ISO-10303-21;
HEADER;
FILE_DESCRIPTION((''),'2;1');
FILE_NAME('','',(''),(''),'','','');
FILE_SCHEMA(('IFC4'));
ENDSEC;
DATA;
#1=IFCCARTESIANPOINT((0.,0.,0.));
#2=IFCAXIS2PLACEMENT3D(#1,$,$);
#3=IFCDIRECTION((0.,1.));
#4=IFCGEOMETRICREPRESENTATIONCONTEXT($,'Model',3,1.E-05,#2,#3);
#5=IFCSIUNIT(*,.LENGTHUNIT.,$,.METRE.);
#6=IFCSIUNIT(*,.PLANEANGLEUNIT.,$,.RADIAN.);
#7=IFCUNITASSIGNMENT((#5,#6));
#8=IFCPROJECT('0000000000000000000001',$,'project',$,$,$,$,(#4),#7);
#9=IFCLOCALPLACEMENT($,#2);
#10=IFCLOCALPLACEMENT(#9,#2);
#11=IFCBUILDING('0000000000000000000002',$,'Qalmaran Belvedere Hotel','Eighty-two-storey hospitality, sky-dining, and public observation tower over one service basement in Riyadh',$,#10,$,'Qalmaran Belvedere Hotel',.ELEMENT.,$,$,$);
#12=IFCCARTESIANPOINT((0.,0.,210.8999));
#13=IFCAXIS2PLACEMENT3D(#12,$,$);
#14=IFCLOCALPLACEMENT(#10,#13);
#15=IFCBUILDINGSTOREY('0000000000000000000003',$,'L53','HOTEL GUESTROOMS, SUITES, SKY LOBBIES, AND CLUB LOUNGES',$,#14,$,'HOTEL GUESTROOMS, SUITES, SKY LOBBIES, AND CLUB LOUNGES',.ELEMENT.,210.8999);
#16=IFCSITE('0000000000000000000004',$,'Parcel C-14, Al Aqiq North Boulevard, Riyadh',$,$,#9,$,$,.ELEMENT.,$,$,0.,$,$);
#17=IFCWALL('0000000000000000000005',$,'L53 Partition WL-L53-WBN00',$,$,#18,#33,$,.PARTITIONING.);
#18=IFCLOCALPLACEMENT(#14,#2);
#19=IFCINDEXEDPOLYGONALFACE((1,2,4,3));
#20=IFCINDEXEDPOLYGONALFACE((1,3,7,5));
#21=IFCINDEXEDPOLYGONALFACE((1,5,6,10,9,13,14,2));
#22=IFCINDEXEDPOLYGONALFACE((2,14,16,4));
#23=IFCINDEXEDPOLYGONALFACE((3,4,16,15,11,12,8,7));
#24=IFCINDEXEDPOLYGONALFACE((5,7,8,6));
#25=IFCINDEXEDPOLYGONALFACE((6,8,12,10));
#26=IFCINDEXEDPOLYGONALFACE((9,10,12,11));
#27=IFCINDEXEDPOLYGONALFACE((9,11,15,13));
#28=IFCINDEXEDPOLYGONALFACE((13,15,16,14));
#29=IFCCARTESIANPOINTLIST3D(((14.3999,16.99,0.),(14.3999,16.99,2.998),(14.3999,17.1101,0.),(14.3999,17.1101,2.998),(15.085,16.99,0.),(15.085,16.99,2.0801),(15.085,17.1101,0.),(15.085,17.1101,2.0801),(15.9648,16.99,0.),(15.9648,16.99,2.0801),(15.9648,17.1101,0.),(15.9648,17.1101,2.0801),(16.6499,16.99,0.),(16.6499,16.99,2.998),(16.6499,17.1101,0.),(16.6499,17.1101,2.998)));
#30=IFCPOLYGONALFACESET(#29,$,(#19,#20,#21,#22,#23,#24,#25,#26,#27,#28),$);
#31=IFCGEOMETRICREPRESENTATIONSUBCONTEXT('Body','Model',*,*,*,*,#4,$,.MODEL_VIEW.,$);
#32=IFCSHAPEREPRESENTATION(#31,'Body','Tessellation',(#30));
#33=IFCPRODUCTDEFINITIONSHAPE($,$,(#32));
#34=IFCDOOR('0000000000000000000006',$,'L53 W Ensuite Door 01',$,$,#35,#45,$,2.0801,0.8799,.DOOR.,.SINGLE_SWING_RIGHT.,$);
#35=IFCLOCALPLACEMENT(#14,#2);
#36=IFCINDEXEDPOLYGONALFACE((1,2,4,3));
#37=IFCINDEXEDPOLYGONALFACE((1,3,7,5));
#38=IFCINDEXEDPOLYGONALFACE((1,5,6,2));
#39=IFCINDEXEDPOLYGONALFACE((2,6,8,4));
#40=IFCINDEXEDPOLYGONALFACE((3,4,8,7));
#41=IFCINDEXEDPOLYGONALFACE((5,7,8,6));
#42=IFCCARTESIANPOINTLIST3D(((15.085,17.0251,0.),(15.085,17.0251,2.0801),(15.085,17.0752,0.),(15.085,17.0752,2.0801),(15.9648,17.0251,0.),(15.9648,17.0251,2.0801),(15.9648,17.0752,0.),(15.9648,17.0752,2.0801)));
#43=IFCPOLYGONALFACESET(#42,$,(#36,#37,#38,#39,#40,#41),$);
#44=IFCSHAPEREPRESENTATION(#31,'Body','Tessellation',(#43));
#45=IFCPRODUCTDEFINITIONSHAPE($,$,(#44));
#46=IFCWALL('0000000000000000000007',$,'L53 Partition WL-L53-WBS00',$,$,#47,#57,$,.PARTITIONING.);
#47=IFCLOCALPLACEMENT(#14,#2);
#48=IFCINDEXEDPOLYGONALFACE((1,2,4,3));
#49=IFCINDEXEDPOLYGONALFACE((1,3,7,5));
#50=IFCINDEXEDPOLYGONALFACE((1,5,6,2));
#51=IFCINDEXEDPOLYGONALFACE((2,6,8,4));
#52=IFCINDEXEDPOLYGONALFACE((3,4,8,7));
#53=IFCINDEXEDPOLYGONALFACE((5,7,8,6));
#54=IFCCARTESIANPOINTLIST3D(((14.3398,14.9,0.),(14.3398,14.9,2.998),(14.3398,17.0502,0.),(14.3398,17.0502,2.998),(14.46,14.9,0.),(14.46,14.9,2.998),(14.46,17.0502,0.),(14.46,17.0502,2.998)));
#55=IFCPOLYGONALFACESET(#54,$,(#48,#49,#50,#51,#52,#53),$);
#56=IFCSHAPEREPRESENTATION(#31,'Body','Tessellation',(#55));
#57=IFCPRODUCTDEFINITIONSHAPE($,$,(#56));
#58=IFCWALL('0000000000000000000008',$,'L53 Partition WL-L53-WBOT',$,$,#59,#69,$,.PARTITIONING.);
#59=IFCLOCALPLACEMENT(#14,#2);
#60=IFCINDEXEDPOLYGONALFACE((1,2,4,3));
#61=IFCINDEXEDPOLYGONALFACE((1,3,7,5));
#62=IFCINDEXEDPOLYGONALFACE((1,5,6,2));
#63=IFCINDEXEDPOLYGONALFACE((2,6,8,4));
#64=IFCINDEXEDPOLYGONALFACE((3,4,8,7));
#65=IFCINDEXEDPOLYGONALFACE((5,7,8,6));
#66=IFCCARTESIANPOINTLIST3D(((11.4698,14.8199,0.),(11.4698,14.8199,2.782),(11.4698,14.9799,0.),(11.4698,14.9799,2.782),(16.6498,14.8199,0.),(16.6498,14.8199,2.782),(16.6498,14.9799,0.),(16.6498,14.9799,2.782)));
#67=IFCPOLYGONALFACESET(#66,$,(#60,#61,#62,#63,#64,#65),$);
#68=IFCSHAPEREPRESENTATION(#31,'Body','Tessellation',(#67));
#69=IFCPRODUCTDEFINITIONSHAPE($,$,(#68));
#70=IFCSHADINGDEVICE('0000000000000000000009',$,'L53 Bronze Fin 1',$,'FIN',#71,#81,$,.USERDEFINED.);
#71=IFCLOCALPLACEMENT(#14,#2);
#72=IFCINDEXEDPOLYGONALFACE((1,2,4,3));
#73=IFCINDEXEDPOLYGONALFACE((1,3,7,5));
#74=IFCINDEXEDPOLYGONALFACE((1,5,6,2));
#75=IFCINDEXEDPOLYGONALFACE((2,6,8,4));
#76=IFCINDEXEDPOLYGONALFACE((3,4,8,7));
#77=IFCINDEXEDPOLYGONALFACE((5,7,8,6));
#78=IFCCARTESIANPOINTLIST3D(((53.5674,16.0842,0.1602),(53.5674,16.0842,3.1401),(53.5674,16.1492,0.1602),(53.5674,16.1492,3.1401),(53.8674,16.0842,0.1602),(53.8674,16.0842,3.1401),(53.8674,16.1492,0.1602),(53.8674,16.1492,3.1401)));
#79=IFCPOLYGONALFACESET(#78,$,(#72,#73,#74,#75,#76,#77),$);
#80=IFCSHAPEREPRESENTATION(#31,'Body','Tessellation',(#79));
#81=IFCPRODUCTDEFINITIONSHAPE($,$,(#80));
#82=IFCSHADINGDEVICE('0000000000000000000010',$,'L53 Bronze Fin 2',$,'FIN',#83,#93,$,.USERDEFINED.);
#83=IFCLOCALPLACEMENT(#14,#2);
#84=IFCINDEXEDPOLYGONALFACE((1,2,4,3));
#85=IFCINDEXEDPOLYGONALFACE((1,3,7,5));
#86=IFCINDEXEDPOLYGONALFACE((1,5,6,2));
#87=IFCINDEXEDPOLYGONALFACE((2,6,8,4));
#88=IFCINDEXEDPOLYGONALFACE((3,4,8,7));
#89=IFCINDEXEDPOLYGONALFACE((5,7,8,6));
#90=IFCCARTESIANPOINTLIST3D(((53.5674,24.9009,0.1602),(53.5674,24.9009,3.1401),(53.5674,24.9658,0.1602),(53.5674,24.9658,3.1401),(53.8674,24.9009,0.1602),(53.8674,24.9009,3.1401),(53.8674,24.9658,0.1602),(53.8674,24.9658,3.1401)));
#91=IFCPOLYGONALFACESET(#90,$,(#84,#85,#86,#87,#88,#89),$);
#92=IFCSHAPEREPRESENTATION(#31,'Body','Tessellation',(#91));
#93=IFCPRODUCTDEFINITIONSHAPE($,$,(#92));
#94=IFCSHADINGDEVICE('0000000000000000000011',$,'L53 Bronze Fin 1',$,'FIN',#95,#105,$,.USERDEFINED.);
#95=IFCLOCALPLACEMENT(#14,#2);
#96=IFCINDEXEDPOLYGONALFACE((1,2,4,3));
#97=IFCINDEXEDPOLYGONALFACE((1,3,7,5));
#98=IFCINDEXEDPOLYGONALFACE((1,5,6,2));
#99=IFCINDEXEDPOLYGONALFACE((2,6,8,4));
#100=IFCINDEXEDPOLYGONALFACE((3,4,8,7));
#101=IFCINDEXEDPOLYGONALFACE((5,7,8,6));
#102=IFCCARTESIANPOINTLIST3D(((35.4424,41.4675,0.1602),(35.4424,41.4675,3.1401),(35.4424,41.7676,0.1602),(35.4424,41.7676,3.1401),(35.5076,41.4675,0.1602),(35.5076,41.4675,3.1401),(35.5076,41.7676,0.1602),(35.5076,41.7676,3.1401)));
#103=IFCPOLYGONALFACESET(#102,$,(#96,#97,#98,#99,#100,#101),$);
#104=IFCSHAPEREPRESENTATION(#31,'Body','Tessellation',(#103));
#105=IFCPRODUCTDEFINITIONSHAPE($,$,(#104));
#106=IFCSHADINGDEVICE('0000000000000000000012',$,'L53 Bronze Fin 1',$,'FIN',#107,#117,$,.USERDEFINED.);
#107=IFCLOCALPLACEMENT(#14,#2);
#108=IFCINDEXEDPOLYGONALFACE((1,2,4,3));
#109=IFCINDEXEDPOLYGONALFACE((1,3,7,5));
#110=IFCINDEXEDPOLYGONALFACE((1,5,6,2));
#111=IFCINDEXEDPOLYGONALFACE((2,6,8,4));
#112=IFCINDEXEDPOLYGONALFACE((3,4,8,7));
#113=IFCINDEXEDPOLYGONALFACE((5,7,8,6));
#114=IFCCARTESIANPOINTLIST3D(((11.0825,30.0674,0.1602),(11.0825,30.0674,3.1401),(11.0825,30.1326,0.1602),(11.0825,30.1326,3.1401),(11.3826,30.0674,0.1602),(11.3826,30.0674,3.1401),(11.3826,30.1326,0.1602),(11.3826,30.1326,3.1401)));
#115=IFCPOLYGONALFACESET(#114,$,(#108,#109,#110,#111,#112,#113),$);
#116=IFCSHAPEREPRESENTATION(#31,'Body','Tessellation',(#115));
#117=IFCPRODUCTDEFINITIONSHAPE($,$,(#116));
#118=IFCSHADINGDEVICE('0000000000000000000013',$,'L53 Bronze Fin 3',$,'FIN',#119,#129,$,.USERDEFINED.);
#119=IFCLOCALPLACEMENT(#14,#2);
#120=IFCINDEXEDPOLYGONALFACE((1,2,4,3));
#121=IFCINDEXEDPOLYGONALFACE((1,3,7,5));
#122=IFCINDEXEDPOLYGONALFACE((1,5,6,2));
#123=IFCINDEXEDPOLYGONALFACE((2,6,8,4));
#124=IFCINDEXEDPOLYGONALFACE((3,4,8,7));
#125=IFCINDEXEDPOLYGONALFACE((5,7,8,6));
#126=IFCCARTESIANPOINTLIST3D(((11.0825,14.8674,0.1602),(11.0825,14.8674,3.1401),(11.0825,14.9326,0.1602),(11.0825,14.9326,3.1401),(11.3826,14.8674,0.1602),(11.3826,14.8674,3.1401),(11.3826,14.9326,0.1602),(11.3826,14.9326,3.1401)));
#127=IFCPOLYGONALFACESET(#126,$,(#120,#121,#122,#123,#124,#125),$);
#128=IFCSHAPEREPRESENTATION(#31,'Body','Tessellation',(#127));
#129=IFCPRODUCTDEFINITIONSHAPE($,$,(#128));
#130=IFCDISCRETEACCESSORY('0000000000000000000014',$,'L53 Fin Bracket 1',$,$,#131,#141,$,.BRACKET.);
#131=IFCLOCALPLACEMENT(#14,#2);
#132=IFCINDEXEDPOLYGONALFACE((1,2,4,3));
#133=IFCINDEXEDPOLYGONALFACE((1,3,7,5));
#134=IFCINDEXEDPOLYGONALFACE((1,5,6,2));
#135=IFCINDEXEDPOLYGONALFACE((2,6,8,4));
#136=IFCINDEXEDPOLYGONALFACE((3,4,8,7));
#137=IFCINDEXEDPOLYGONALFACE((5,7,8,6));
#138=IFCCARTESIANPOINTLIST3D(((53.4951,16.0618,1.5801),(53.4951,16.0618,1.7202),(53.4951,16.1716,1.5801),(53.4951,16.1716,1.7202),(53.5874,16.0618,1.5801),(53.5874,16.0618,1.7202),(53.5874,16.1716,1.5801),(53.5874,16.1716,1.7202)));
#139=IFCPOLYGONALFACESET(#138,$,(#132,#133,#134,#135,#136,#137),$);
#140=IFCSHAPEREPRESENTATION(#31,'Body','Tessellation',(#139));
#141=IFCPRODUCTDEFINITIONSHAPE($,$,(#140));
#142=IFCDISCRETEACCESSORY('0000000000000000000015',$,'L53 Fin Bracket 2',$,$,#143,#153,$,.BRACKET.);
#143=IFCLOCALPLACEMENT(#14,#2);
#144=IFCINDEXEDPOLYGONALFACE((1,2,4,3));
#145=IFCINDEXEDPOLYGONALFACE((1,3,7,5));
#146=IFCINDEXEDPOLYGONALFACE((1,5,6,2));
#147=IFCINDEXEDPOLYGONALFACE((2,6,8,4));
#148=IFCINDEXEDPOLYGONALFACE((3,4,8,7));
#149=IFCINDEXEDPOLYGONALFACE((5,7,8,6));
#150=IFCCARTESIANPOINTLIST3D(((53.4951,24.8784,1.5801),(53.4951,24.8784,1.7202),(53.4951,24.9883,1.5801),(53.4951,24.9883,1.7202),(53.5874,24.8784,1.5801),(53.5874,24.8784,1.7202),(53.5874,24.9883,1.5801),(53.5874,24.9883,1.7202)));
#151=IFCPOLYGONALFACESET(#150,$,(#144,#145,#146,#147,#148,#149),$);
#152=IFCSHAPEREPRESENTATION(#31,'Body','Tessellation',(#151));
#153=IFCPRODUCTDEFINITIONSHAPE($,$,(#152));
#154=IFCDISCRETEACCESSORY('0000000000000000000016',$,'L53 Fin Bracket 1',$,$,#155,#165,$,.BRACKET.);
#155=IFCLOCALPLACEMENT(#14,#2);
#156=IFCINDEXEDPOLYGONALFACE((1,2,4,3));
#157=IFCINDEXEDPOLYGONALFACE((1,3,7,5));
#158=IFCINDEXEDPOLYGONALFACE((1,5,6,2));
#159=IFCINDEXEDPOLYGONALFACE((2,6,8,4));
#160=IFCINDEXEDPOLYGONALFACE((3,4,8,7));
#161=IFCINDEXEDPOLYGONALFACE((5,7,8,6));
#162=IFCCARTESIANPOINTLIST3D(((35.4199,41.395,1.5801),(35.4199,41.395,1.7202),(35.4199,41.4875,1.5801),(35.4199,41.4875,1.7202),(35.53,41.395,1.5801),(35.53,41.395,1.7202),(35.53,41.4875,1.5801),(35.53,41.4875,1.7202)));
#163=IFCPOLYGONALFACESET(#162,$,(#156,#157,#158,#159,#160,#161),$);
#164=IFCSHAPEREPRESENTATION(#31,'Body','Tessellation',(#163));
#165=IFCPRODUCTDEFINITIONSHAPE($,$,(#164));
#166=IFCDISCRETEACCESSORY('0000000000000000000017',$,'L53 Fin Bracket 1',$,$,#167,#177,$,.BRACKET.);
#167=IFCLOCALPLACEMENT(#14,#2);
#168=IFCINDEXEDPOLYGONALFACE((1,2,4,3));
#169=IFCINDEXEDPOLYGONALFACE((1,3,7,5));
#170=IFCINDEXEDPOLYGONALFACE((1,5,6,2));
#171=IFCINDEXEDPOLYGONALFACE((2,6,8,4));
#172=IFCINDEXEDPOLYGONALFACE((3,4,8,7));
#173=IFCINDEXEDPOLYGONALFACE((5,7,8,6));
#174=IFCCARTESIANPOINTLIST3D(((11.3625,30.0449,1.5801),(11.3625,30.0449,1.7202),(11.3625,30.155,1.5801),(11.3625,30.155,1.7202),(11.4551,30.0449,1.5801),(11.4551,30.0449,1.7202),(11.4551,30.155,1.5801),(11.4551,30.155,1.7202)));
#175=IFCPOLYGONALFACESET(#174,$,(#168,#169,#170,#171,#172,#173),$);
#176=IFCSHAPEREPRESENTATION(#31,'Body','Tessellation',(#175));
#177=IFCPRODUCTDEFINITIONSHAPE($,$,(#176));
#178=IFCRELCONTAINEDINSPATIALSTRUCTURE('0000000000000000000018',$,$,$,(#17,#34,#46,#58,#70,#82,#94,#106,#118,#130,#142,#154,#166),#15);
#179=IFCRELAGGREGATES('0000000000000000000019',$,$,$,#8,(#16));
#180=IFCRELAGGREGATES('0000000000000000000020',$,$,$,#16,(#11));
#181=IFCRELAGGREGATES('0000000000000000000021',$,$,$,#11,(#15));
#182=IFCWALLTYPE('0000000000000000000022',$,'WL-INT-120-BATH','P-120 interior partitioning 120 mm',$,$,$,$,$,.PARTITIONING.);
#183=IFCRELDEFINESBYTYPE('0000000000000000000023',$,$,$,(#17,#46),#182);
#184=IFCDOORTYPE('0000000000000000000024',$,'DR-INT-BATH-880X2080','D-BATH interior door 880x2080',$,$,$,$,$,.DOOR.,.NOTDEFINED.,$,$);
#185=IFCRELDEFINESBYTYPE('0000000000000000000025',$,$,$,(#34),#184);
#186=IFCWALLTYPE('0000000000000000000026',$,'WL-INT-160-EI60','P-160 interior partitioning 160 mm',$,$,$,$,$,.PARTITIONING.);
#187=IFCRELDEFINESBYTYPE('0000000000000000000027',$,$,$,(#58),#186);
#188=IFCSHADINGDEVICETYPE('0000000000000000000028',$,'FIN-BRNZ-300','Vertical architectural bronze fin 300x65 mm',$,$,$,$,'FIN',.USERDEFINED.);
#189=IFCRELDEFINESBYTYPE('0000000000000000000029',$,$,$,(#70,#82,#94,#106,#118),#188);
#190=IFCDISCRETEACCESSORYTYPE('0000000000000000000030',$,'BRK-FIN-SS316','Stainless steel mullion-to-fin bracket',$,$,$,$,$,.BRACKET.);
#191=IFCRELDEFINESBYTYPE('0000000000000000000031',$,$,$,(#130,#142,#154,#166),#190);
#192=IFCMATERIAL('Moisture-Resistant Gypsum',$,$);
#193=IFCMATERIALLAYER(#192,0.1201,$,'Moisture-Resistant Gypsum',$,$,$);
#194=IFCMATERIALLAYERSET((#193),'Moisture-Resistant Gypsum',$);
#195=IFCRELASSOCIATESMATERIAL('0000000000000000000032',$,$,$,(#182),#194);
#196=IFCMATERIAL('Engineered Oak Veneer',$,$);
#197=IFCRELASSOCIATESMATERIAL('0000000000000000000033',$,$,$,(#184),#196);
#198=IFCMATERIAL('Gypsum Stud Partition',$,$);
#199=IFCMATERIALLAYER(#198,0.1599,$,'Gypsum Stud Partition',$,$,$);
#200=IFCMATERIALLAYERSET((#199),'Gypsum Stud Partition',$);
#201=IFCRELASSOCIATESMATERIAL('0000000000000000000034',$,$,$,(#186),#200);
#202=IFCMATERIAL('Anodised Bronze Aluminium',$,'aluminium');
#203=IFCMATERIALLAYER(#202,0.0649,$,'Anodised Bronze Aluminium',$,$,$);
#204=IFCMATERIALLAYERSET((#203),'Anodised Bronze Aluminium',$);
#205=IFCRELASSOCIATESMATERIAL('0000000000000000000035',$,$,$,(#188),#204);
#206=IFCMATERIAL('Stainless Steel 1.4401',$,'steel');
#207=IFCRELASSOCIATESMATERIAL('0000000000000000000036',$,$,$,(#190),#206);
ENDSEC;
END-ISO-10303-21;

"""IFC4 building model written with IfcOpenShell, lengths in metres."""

from ifc_helpers import new_model, si_unit, direction, frame, frame_2d, origin, place, context, subcontext, project, spatial, polyline, rectangle, outline, extrude, material, layer, layer_set, type_object, element, fill, save


model = new_model("IFC4")

# Units and contexts
model_context = context("Model", 3, precision=1e-05, world=origin(), true_north=direction((0.0, 1.0)))
body_context = subcontext(model_context, "Body", "Model", "MODEL_VIEW")
ifc_project = project(units=[si_unit("LENGTHUNIT", "METRE"), si_unit("PLANEANGLEUNIT", "RADIAN")], contexts=[model_context])

# Site, building, storey
site_placement = place(None, origin())
site = spatial("IfcSite", under=ifc_project, at=site_placement, Name="Parcel C-14, Al Aqiq North Boulevard, Riyadh", CompositionType="ELEMENT", RefElevation=0.0)
building_placement = place(site_placement, origin())
building = spatial("IfcBuilding", under=site, at=building_placement, Name="Qalmaran Belvedere Hotel", Description="Eighty-two-storey hospitality, sky-dining, and public observation tower over one service basement in Riyadh", LongName="Qalmaran Belvedere Hotel", CompositionType="ELEMENT")
storey_placement = place(building_placement, frame((0.0, 0.0, 210.8999)))
storey = spatial("IfcBuildingStorey", under=building, at=storey_placement, Name="L53", Description="HOTEL GUESTROOMS, SUITES, SKY LOBBIES, AND CLUB LOUNGES", LongName="HOTEL GUESTROOMS, SUITES, SKY LOBBIES, AND CLUB LOUNGES", CompositionType="ELEMENT", Elevation=210.8999)

# Shared definitions
ifc_material_1 = material(Name="Anodised Bronze Aluminium", Category="aluminium")

# Wall, opening, door
ifc_material_2 = material(Name="Moisture-Resistant Gypsum")
ifc_layer_1 = layer(ifc_material_2, 0.1201, Name="Moisture-Resistant Gypsum")
ifc_layer_set_1 = layer_set([ifc_layer_1], Name="Moisture-Resistant Gypsum")
wall_type_1 = type_object("IfcWallType", Name="WL-INT-120-BATH", Description="P-120 interior partitioning 120 mm", PredefinedType="PARTITIONING", material=ifc_layer_set_1)
wall_1_placement = place(storey_placement, frame((14.3999, 17.05, 0.0), z_axis=(0.0, 0.0, 1.0), x_axis=(1.0, 0.0, 0.0)))
wall_1 = element("IfcWall", 1, at=wall_1_placement, inside=storey, type_object=wall_type_1, Name="L53 Partition WL-L53-WBN00", PredefinedType="PARTITIONING", context=body_context, shape_type="SweptSolid", body=[
    extrude(rectangle(XDim=2.25, YDim=0.1201, at=frame_2d((1.125, 0.0))), origin(), (0.0, 0.0, 1.0), 2.998),
])
opening_1_placement = place(wall_1_placement, frame((1.5649, 0.0, 0.0), z_axis=(0.0, 0.0, 1.0), x_axis=(-1.0, 0.0, 0.0)))
opening_1 = element("IfcOpeningElement", 2, at=opening_1_placement, cuts=wall_1, PredefinedType="OPENING", context=body_context, shape_type="SweptSolid", body=[
    extrude(rectangle(XDim=0.8799, YDim=2.0801, at=frame_2d((0.4399, 1.04))), frame((0.0, 0.0701, 0.0), z_axis=(0.0, -1.0, 0.0), x_axis=(1.0, 0.0, 0.0)), (0.0, 0.0, 1.0), 0.1401),
])
ifc_material_3 = material(Name="Engineered Oak Veneer")
door_type = type_object("IfcDoorType", Name="DR-INT-BATH-880X2080", Description="D-BATH interior door 880x2080", OperationType="NOTDEFINED", PredefinedType="DOOR", material=ifc_material_3)
door_placement = place(opening_1_placement, origin())
door = element("IfcDoor", 3, at=door_placement, inside=storey, type_object=door_type, Name="L53 W Ensuite Door 01", OperationType="SINGLE_SWING_RIGHT", OverallHeight=2.0801, OverallWidth=0.8799, PredefinedType="DOOR", context=body_context, shape_type="SweptSolid", body=[
    extrude(rectangle(XDim=0.8799, YDim=2.0801, at=frame_2d((0.4399, 1.04))), frame((0.0, 0.0249, 0.0), z_axis=(0.0, -1.0, 0.0), x_axis=(1.0, 0.0, 0.0)), (0.0, 0.0, 1.0), 0.05),
])
fill(opening_1, door)

# Walls
wall_2_placement = place(storey_placement, frame((14.3999, 14.8999, 0.0), z_axis=(0.0, 0.0, 1.0), x_axis=(0.0, 1.0, 0.0)))
element("IfcWall", 4, at=wall_2_placement, inside=storey, type_object=wall_type_1, Name="L53 Partition WL-L53-WBS00", PredefinedType="PARTITIONING", context=body_context, shape_type="SweptSolid", body=[
    extrude(rectangle(XDim=2.1501, YDim=0.1201, at=frame_2d((1.0752, 0.0))), origin(), (0.0, 0.0, 1.0), 2.998),
])
ifc_material_4 = material(Name="Gypsum Stud Partition")
ifc_layer_2 = layer(ifc_material_4, 0.1599, Name="Gypsum Stud Partition")
ifc_layer_set_2 = layer_set([ifc_layer_2], Name="Gypsum Stud Partition")
wall_type_2 = type_object("IfcWallType", Name="WL-INT-160-EI60", Description="P-160 interior partitioning 160 mm", PredefinedType="PARTITIONING", material=ifc_layer_set_2)
wall_3_placement = place(storey_placement, frame((11.47, 14.8999, 0.0), z_axis=(0.0, 0.0, 1.0), x_axis=(1.0, 0.0, 0.0)))
element("IfcWall", 5, at=wall_3_placement, inside=storey, type_object=wall_type_2, Name="L53 Partition WL-L53-WBOT", PredefinedType="PARTITIONING", context=body_context, shape_type="SweptSolid", body=[
    extrude(rectangle(XDim=5.1799, YDim=0.1599, at=frame_2d((2.5898, 0.0))), origin(), (0.0, 0.0, 1.0), 2.782),
])

# Shading devices
ifc_layer_3 = layer(ifc_material_1, 0.0649, Name="Anodised Bronze Aluminium")
ifc_layer_set_3 = layer_set([ifc_layer_3], Name="Anodised Bronze Aluminium")
shading_device_type = type_object("IfcShadingDeviceType", Name="FIN-BRNZ-300", Description="Vertical architectural bronze fin 300x65 mm", ElementType="FIN", PredefinedType="USERDEFINED", material=ifc_layer_set_3)
shading_device_1_placement = place(storey_placement, frame((0.0, 0.0, 0.1602)))
element("IfcShadingDevice", 6, at=shading_device_1_placement, inside=storey, type_object=shading_device_type, Name="L53 Bronze Fin 1", ObjectType="FIN", PredefinedType="USERDEFINED", context=body_context, shape_type="SweptSolid", body=[
    extrude(outline(polyline([(53.5674, 16.0842), (53.8674, 16.0842), (53.8674, 16.1492), (53.5674, 16.1492), (53.5674, 16.0842)])), origin(), (0.0, 0.0, 1.0), 2.98),
])
shading_device_2_placement = place(storey_placement, frame((0.0, 0.0, 0.1602)))
element("IfcShadingDevice", 7, at=shading_device_2_placement, inside=storey, type_object=shading_device_type, Name="L53 Bronze Fin 2", ObjectType="FIN", PredefinedType="USERDEFINED", context=body_context, shape_type="SweptSolid", body=[
    extrude(outline(polyline([(53.5674, 24.9009), (53.8674, 24.9009), (53.8674, 24.9658), (53.5674, 24.9658), (53.5674, 24.9009)])), origin(), (0.0, 0.0, 1.0), 2.98),
])
shading_device_3_placement = place(storey_placement, frame((0.0, 0.0, 0.1602)))
element("IfcShadingDevice", 8, at=shading_device_3_placement, inside=storey, type_object=shading_device_type, Name="L53 Bronze Fin 1", ObjectType="FIN", PredefinedType="USERDEFINED", context=body_context, shape_type="SweptSolid", body=[
    extrude(outline(polyline([(35.5076, 41.4675), (35.5076, 41.7676), (35.4424, 41.7676), (35.4424, 41.4675), (35.5076, 41.4675)])), origin(), (0.0, 0.0, 1.0), 2.98),
])
shading_device_4_placement = place(storey_placement, frame((0.0, 0.0, 0.1602)))
element("IfcShadingDevice", 9, at=shading_device_4_placement, inside=storey, type_object=shading_device_type, Name="L53 Bronze Fin 1", ObjectType="FIN", PredefinedType="USERDEFINED", context=body_context, shape_type="SweptSolid", body=[
    extrude(outline(polyline([(11.3826, 30.1326), (11.0825, 30.1326), (11.0825, 30.0674), (11.3826, 30.0674), (11.3826, 30.1326)])), origin(), (0.0, 0.0, 1.0), 2.98),
])
shading_device_5_placement = place(storey_placement, frame((0.0, 0.0, 0.1602)))
element("IfcShadingDevice", 10, at=shading_device_5_placement, inside=storey, type_object=shading_device_type, Name="L53 Bronze Fin 3", ObjectType="FIN", PredefinedType="USERDEFINED", context=body_context, shape_type="SweptSolid", body=[
    extrude(outline(polyline([(11.3826, 14.9326), (11.0825, 14.9326), (11.0825, 14.8674), (11.3826, 14.8674), (11.3826, 14.9326)])), origin(), (0.0, 0.0, 1.0), 2.98),
])

# Discrete accessories
ifc_material_5 = material(Name="Stainless Steel 1.4401", Category="steel")
discrete_accessory_type_1 = type_object("IfcDiscreteAccessoryType", Name="BRK-FIN-SS316", Description="Stainless steel mullion-to-fin bracket", PredefinedType="BRACKET", material=ifc_material_5)
discrete_accessory_1_placement = place(storey_placement, frame((0.0, 0.0, 1.5801)))
element("IfcDiscreteAccessory", 11, at=discrete_accessory_1_placement, inside=storey, type_object=discrete_accessory_type_1, Name="L53 Fin Bracket 1", PredefinedType="BRACKET", context=body_context, shape_type="SweptSolid", body=[
    extrude(outline(polyline([(53.4951, 16.0618), (53.5874, 16.0618), (53.5874, 16.1716), (53.4951, 16.1716), (53.4951, 16.0618)])), origin(), (0.0, 0.0, 1.0), 0.1401),
])
discrete_accessory_2_placement = place(storey_placement, frame((0.0, 0.0, 1.5801)))
element("IfcDiscreteAccessory", 12, at=discrete_accessory_2_placement, inside=storey, type_object=discrete_accessory_type_1, Name="L53 Fin Bracket 2", PredefinedType="BRACKET", context=body_context, shape_type="SweptSolid", body=[
    extrude(outline(polyline([(53.4951, 24.8784), (53.5874, 24.8784), (53.5874, 24.9883), (53.4951, 24.9883), (53.4951, 24.8784)])), origin(), (0.0, 0.0, 1.0), 0.1401),
])
discrete_accessory_3_placement = place(storey_placement, frame((0.0, 0.0, 1.5801)))
element("IfcDiscreteAccessory", 13, at=discrete_accessory_3_placement, inside=storey, type_object=discrete_accessory_type_1, Name="L53 Fin Bracket 1", PredefinedType="BRACKET", context=body_context, shape_type="SweptSolid", body=[
    extrude(outline(polyline([(35.53, 41.395), (35.53, 41.4875), (35.4199, 41.4875), (35.4199, 41.395), (35.53, 41.395)])), origin(), (0.0, 0.0, 1.0), 0.1401),
])
discrete_accessory_4_placement = place(storey_placement, frame((0.0, 0.0, 1.5801)))
element("IfcDiscreteAccessory", 14, at=discrete_accessory_4_placement, inside=storey, type_object=discrete_accessory_type_1, Name="L53 Fin Bracket 1", PredefinedType="BRACKET", context=body_context, shape_type="SweptSolid", body=[
    extrude(outline(polyline([(11.4551, 30.155), (11.3625, 30.155), (11.3625, 30.0449), (11.4551, 30.0449), (11.4551, 30.155)])), origin(), (0.0, 0.0, 1.0), 0.1401),
])

save(model, "model.ifc")
